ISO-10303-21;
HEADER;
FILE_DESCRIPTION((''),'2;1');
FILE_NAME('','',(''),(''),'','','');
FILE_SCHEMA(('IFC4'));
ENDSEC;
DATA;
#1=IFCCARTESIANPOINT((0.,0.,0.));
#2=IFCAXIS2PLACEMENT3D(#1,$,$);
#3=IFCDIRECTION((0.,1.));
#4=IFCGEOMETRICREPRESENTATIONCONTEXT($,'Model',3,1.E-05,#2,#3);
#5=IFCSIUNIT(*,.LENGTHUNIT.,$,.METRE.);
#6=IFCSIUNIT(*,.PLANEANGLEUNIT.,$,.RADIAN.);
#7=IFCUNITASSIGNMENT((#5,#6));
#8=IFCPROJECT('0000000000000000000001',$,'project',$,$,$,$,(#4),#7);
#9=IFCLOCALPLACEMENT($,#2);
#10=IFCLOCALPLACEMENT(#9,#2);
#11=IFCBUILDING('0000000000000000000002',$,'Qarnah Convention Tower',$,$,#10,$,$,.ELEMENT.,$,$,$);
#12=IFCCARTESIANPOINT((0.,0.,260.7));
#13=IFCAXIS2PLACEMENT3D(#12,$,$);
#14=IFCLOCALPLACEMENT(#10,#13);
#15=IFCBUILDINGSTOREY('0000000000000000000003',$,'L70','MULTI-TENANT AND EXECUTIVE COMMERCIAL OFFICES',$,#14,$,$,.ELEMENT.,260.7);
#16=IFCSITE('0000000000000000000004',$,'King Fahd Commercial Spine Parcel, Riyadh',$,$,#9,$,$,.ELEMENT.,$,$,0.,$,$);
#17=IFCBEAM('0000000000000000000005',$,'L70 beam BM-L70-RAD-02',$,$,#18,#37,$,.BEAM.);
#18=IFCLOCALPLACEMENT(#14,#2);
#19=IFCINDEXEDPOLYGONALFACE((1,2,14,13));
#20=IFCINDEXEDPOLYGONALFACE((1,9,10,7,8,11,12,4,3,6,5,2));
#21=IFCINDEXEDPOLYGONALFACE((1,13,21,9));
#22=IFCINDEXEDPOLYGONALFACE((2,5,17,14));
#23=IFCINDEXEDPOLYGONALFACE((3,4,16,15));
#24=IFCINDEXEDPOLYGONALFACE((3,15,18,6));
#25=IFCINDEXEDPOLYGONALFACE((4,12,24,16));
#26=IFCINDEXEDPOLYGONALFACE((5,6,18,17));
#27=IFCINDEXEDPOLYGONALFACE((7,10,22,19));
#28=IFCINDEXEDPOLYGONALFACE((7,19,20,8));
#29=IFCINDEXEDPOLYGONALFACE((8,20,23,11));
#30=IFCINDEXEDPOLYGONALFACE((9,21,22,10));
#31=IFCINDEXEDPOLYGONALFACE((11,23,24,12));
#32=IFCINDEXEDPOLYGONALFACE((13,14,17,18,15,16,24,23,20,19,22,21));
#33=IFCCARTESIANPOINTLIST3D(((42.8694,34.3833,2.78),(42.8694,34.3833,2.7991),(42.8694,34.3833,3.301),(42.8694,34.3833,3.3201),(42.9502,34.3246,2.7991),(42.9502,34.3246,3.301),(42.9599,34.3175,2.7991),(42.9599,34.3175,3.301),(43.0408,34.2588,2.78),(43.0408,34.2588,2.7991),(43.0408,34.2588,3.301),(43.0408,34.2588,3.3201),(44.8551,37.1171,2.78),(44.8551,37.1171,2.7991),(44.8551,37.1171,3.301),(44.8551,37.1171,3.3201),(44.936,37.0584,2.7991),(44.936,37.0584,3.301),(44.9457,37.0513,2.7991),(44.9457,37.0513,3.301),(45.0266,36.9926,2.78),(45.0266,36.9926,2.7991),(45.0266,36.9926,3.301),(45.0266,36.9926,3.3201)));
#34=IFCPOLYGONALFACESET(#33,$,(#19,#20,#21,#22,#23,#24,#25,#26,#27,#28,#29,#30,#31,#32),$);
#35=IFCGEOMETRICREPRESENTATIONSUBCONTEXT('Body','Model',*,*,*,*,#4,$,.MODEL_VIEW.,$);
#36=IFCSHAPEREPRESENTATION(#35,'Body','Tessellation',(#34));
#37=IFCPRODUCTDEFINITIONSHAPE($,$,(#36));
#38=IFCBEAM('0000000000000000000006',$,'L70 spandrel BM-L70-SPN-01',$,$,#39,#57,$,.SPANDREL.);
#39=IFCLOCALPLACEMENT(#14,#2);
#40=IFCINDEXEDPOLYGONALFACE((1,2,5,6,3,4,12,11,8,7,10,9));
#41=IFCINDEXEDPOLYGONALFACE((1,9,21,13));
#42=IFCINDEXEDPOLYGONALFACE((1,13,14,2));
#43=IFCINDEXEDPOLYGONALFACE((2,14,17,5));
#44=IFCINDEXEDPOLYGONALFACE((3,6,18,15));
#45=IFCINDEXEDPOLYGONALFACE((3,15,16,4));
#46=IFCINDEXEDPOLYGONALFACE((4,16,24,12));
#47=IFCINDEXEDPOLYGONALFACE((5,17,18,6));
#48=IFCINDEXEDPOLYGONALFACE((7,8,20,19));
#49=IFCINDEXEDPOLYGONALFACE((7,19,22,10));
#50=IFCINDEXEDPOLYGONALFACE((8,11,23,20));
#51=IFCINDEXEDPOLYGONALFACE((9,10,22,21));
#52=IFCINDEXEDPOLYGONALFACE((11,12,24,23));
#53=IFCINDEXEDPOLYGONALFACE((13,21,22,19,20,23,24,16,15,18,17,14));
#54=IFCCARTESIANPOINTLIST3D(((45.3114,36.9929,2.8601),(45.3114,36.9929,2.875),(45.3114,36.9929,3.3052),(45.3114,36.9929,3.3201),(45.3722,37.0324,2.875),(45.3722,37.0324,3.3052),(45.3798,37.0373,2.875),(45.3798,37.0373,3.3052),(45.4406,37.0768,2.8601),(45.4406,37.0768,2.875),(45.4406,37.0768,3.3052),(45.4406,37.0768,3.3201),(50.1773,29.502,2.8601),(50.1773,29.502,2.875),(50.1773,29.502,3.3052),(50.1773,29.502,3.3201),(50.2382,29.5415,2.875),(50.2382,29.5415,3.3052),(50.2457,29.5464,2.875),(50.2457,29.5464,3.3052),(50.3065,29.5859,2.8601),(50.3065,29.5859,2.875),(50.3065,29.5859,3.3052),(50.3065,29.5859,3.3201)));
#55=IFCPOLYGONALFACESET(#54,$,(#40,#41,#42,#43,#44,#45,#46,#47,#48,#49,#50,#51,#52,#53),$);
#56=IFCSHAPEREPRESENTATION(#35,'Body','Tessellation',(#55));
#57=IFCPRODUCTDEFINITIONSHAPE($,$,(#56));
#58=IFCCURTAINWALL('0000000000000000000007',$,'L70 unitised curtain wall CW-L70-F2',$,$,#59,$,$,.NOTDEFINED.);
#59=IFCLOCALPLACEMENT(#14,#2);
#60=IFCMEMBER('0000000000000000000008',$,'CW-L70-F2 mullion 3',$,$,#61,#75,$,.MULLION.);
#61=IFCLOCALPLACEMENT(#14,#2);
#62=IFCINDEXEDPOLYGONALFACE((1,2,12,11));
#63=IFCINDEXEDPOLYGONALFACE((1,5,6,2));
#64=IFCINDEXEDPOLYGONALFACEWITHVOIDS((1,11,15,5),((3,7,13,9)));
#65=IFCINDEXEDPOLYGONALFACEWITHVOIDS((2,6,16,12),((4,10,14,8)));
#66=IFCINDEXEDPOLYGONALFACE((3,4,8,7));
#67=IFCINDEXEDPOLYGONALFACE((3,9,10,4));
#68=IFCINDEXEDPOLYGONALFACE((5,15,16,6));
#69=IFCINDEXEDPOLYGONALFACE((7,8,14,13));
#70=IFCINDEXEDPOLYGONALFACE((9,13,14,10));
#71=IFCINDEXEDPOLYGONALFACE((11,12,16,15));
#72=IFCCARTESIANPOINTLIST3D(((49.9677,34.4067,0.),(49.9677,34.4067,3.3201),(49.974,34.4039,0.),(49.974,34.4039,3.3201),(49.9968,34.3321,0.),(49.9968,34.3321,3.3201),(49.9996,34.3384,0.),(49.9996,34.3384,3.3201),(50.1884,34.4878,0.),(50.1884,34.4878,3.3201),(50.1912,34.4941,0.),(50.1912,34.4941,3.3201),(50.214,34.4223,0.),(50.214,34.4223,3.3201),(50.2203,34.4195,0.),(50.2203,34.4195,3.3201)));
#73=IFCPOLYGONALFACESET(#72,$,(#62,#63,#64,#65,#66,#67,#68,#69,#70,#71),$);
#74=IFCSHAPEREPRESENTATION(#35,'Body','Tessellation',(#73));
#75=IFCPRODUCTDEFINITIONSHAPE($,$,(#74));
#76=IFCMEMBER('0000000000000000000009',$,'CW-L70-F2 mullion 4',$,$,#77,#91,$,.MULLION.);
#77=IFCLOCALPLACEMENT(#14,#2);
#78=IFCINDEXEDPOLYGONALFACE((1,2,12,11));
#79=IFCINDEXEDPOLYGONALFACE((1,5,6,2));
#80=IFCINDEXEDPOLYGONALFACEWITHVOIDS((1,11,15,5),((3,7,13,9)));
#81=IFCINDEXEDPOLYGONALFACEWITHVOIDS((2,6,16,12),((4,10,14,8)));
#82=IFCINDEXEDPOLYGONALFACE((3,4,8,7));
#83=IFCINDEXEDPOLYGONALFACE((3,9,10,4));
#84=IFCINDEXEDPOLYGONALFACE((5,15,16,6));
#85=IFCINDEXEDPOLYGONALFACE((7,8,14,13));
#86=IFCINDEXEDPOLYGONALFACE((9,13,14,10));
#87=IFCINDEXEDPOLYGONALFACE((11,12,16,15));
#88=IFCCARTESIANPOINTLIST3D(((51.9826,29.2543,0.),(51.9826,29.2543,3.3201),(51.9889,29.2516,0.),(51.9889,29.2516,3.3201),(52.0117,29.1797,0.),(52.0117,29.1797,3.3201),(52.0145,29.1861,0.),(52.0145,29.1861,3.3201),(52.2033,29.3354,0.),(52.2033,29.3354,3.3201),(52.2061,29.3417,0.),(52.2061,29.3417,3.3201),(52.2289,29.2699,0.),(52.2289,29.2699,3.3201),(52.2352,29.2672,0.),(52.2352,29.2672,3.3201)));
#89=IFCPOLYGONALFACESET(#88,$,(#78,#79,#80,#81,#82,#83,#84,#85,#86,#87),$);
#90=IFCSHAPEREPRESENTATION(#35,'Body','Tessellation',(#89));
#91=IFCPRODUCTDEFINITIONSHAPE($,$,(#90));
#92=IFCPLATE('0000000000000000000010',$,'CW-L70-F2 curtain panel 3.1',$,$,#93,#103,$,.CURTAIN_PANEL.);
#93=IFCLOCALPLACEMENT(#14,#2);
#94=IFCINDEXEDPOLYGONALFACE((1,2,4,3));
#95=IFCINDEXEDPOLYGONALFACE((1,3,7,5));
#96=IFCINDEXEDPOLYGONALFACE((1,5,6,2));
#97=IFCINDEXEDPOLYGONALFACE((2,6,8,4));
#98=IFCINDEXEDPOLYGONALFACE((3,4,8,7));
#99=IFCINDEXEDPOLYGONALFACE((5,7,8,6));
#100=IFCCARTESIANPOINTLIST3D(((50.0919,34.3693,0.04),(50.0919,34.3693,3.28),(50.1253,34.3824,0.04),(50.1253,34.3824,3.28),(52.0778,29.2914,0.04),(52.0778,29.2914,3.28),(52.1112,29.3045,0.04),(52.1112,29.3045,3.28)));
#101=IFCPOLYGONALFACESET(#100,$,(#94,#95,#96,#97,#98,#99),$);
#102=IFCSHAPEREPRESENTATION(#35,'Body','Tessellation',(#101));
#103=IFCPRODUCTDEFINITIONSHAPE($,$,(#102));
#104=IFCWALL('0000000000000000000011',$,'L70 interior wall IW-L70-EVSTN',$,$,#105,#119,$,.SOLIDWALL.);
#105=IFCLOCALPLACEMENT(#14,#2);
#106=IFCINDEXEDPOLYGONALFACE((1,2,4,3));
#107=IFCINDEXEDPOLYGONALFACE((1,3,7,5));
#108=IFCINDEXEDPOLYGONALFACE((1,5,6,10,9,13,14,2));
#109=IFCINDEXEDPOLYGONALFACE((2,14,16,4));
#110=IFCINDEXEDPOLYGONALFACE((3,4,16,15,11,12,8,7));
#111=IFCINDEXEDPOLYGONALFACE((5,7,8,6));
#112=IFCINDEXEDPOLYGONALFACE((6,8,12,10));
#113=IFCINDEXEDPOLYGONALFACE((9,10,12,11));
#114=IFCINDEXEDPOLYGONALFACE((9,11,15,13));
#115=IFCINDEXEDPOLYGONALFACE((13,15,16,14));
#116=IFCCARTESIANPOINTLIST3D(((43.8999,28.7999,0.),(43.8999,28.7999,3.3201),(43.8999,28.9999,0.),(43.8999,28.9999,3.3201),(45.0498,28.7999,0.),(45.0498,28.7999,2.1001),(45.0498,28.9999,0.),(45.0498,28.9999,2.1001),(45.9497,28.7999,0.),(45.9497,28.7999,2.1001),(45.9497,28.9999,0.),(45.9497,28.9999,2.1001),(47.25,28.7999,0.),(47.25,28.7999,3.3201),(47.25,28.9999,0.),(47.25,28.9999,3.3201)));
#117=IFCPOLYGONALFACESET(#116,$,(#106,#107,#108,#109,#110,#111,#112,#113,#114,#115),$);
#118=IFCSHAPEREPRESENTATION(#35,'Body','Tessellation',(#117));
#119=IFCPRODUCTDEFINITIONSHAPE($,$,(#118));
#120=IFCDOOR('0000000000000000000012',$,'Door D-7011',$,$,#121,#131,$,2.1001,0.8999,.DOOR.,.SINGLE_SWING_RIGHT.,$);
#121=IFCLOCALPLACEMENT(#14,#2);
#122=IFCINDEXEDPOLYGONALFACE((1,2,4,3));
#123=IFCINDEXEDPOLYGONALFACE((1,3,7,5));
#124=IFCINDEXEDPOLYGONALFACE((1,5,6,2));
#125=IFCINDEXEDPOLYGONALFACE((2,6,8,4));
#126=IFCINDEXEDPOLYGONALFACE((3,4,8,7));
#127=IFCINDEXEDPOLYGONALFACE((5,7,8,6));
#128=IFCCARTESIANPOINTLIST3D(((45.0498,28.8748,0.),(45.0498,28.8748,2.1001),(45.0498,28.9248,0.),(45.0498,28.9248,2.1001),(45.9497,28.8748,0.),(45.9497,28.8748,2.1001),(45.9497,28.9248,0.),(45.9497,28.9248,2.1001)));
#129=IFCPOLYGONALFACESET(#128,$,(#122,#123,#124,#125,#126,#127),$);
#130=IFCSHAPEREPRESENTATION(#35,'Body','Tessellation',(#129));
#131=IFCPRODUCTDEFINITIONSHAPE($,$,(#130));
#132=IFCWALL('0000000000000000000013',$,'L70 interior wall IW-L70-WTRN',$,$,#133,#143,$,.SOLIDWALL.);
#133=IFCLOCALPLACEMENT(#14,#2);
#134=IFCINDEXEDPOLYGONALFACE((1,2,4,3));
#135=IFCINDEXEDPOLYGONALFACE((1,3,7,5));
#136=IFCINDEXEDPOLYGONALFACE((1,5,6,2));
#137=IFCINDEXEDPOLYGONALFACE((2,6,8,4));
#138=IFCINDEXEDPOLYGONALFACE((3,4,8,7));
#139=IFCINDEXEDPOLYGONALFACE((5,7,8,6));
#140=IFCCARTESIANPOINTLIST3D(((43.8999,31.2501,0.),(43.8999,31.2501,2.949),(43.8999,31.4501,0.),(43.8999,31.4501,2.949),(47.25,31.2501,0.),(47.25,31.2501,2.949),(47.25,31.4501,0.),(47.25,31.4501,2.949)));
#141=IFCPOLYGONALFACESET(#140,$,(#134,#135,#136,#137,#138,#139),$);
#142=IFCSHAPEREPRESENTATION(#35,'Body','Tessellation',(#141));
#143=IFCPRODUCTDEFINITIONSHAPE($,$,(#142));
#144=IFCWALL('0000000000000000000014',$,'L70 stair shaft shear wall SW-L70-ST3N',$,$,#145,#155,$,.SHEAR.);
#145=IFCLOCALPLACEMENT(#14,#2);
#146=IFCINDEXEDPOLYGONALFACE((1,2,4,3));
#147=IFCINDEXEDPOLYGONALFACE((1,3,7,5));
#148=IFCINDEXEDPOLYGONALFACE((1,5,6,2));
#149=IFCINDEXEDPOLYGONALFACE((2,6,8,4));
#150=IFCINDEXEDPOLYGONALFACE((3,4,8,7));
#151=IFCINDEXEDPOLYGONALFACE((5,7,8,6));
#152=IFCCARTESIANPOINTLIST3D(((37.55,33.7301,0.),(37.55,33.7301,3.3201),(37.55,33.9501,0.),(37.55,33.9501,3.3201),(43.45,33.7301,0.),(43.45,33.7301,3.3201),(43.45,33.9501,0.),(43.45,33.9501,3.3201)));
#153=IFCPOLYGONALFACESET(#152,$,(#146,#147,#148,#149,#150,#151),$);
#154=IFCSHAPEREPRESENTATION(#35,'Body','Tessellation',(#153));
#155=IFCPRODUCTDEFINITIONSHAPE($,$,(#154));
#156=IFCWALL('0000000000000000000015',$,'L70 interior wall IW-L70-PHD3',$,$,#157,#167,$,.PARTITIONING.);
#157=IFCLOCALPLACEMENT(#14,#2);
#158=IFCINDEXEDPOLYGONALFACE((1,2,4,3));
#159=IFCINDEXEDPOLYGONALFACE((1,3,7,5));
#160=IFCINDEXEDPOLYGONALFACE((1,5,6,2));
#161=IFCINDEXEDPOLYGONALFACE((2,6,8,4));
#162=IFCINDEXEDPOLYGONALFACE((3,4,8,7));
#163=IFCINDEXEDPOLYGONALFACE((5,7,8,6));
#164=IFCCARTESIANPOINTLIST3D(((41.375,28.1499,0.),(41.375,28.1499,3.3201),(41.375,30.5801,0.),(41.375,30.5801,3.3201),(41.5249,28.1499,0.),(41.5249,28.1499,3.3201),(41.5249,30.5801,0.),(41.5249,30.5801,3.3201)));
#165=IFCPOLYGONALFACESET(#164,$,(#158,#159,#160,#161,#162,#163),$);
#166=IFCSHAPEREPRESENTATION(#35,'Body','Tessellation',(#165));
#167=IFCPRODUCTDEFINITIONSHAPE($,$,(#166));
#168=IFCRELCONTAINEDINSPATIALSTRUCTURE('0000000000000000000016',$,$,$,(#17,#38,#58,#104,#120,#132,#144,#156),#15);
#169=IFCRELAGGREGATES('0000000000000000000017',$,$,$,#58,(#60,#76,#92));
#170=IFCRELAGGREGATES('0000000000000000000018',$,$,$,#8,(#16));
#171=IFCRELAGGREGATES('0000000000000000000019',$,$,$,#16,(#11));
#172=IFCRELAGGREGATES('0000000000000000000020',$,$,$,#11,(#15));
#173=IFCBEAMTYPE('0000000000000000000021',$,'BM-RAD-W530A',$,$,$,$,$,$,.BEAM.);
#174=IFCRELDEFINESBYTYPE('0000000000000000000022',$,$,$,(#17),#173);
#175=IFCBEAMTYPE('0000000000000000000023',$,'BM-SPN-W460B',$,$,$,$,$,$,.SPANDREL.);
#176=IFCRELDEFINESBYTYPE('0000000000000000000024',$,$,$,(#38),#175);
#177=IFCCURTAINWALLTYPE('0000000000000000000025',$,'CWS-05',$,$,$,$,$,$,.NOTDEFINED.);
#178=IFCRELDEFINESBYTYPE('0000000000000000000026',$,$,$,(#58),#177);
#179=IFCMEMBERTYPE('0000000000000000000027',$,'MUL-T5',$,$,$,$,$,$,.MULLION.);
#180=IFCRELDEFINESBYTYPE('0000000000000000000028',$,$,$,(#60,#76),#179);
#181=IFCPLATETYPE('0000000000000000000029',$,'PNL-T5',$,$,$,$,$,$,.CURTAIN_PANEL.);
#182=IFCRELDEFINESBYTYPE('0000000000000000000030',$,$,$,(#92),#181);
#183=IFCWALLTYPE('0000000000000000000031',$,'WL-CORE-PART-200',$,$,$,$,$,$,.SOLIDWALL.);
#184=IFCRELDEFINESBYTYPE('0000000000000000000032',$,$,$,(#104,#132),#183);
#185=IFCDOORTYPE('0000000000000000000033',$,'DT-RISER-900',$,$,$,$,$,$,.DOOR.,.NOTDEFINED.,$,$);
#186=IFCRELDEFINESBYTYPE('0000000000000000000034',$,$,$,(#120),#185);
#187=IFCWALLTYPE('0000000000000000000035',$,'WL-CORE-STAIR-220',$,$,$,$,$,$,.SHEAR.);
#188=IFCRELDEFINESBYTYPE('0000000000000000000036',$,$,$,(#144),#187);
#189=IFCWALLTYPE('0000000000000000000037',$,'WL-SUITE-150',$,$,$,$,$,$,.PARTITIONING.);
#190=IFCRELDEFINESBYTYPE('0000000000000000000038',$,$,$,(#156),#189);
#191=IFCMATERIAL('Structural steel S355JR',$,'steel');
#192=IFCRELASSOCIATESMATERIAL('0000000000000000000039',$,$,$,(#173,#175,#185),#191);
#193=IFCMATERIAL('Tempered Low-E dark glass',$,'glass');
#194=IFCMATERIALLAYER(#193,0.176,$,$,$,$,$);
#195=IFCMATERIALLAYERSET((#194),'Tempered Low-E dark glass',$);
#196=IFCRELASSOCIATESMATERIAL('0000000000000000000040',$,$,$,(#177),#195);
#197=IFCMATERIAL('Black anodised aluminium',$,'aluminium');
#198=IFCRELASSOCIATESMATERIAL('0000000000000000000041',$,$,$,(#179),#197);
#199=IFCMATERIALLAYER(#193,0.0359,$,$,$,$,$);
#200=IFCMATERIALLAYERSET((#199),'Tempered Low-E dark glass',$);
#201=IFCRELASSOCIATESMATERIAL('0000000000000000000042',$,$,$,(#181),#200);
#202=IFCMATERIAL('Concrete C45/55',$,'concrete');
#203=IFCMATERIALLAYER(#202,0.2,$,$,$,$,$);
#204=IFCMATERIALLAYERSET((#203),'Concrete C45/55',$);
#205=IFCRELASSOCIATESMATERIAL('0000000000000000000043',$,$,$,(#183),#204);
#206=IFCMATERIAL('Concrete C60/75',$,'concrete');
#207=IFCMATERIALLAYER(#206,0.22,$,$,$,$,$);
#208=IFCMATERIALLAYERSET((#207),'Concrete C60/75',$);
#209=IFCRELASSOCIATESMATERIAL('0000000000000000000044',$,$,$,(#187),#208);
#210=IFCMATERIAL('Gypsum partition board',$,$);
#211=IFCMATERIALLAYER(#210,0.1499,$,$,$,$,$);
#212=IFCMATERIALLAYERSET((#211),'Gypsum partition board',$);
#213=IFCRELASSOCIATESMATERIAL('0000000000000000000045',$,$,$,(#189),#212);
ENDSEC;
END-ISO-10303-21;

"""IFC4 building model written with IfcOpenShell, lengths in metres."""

from ifc_helpers import new_model, si_unit, direction, frame, frame_2d, origin, origin_2d, place, context, subcontext, project, spatial, rectangle, hollow_rectangle, i_section, extrude, material, layer, layer_set, material_profile, profile_set, type_object, element, fill, aggregate, save


model = new_model("IFC4")

# Units and contexts
model_context = context("Model", 3, precision=1e-05, world=origin(), true_north=direction((0.0, 1.0)))
body_context = subcontext(model_context, "Body", "Model", "MODEL_VIEW")
ifc_project = project(units=[si_unit("LENGTHUNIT", "METRE"), si_unit("PLANEANGLEUNIT", "RADIAN")], contexts=[model_context])

# Site, building, storey
site_placement = place(None, origin())
site = spatial("IfcSite", under=ifc_project, at=site_placement, Name="King Fahd Commercial Spine Parcel, Riyadh", CompositionType="ELEMENT", RefElevation=0.0)
building_placement = place(site_placement, origin())
building = spatial("IfcBuilding", under=site, at=building_placement, Name="Qarnah Convention Tower", CompositionType="ELEMENT")
storey_placement = place(building_placement, frame((0.0, 0.0, 260.7)))
storey = spatial("IfcBuildingStorey", under=building, at=storey_placement, Name="L70", Description="MULTI-TENANT AND EXECUTIVE COMMERCIAL OFFICES", CompositionType="ELEMENT", Elevation=260.7)

# Beams
ifc_material_1 = material(Name="Structural steel S355JR", Category="steel")
ifc_material_profile_1 = material_profile(ifc_material_1, i_section(OverallWidth=0.2119, OverallDepth=0.54, WebThickness=0.012, FlangeThickness=0.019, at=origin_2d()), Name="W530X109")
ifc_profile_set_1 = profile_set([ifc_material_profile_1], Name="Structural steel S355JR")
beam_type_1 = type_object("IfcBeamType", Name="BM-RAD-W530A", PredefinedType="BEAM", material=ifc_profile_set_1)
beam_1_placement = place(storey_placement, frame((42.9551, 34.321, 3.05), z_axis=(0.587699, 0.80908, 0.0), x_axis=(-0.80908, 0.587699, 0.0)))
element("IfcBeam", 1, at=beam_1_placement, inside=storey, type_object=beam_type_1, Name="L70 beam BM-L70-RAD-02", PredefinedType="BEAM", context=body_context, shape_type="SweptSolid", body=[
    extrude(i_section(OverallWidth=0.2119, OverallDepth=0.54, WebThickness=0.012, FlangeThickness=0.019, at=origin_2d()), origin(), (0.0, 0.0, 1.0), 3.3789),
])
ifc_material_profile_2 = material_profile(ifc_material_1, i_section(OverallWidth=0.1541, OverallDepth=0.46, WebThickness=0.009, FlangeThickness=0.0149, at=origin_2d()), Name="W460X68")
ifc_profile_set_2 = profile_set([ifc_material_profile_2], Name="Structural steel S355JR")
beam_type_2 = type_object("IfcBeamType", Name="BM-SPN-W460B", PredefinedType="SPANDREL", material=ifc_profile_set_2)
beam_2_placement = place(storey_placement, frame((50.2419, 29.5439, 3.0901), z_axis=(-0.54474, 0.838605, 0.0), x_axis=(-0.838605, -0.54474, 0.0)))
element("IfcBeam", 2, at=beam_2_placement, inside=storey, type_object=beam_type_2, Name="L70 spandrel BM-L70-SPN-01", PredefinedType="SPANDREL", context=body_context, shape_type="SweptSolid", body=[
    extrude(i_section(OverallWidth=0.1541, OverallDepth=0.46, WebThickness=0.009, FlangeThickness=0.0149, at=origin_2d()), origin(), (0.0, 0.0, 1.0), 8.9326),
])

# Curtain wall, members, plate
ifc_material_2 = material(Name="Tempered Low-E dark glass", Category="glass")
ifc_layer_1 = layer(ifc_material_2, 0.176)
ifc_layer_set_1 = layer_set([ifc_layer_1], Name="Tempered Low-E dark glass")
curtain_wall_type = type_object("IfcCurtainWallType", Name="CWS-05", PredefinedType="NOTDEFINED", material=ifc_layer_set_1)
curtain_wall_placement = place(storey_placement, origin())
curtain_wall = element("IfcCurtainWall", 3, at=curtain_wall_placement, inside=storey, type_object=curtain_wall_type, Name="L70 unitised curtain wall CW-L70-F2", PredefinedType="NOTDEFINED")
ifc_material_3 = material(Name="Black anodised aluminium", Category="aluminium")
ifc_material_profile_3 = material_profile(ifc_material_3, hollow_rectangle(XDim=0.0801, YDim=0.24, WallThickness=0.0049, at=origin_2d()), Name="MUL-80X240")
ifc_profile_set_3 = profile_set([ifc_material_profile_3], Name="Black anodised aluminium")
member_type = type_object("IfcMemberType", Name="MUL-T5", PredefinedType="MULLION", material=ifc_profile_set_3)
member_1_placement = place(storey_placement, frame((50.094, 34.4131, 0.0), z_axis=(0.0, 0.0, 1.0), x_axis=(0.364218, -0.931314, 0.0)))
member_1 = element("IfcMember", 4, at=member_1_placement, type_object=member_type, Name="CW-L70-F2 mullion 3", PredefinedType="MULLION", context=body_context, shape_type="SweptSolid", body=[
    extrude(hollow_rectangle(XDim=0.0801, YDim=0.24, WallThickness=0.0049, at=origin_2d()), origin(), (0.0, 0.0, 1.0), 3.3201),
])
member_2_placement = place(storey_placement, frame((52.1089, 29.2607, 0.0), z_axis=(0.0, 0.0, 1.0), x_axis=(0.364218, -0.931314, 0.0)))
member_2 = element("IfcMember", 5, at=member_2_placement, type_object=member_type, Name="CW-L70-F2 mullion 4", PredefinedType="MULLION", context=body_context, shape_type="SweptSolid", body=[
    extrude(hollow_rectangle(XDim=0.0801, YDim=0.24, WallThickness=0.0049, at=origin_2d()), origin(), (0.0, 0.0, 1.0), 3.3201),
])
ifc_layer_2 = layer(ifc_material_2, 0.0359)
ifc_layer_set_2 = layer_set([ifc_layer_2], Name="Tempered Low-E dark glass")
plate_type = type_object("IfcPlateType", Name="PNL-T5", PredefinedType="CURTAIN_PANEL", material=ifc_layer_set_2)
plate_placement = place(storey_placement, frame((51.1016, 31.8369, 0.04), z_axis=(0.0, 0.0, 1.0), x_axis=(0.364218, -0.931314, 0.0)))
plate = element("IfcPlate", 6, at=plate_placement, type_object=plate_type, Name="CW-L70-F2 curtain panel 3.1", PredefinedType="CURTAIN_PANEL", context=body_context, shape_type="SweptSolid", body=[
    extrude(rectangle(XDim=5.4524, YDim=0.0359, at=origin_2d()), origin(), (0.0, 0.0, 1.0), 3.24),
])
aggregate(curtain_wall, [member_1, member_2, plate])

# Wall, opening, door
ifc_material_4 = material(Name="Concrete C45/55", Category="concrete")
ifc_layer_3 = layer(ifc_material_4, 0.2)
ifc_layer_set_3 = layer_set([ifc_layer_3], Name="Concrete C45/55")
wall_type_1 = type_object("IfcWallType", Name="WL-CORE-PART-200", PredefinedType="SOLIDWALL", material=ifc_layer_set_3)
wall_1_placement = place(storey_placement, frame((43.8999, 28.8999, 0.0), z_axis=(0.0, 0.0, 1.0), x_axis=(1.0, 0.0, 0.0)))
wall_1 = element("IfcWall", 7, at=wall_1_placement, inside=storey, type_object=wall_type_1, Name="L70 interior wall IW-L70-EVSTN", PredefinedType="SOLIDWALL", context=body_context, shape_type="SweptSolid", body=[
    extrude(rectangle(XDim=3.3501, YDim=0.2, at=frame_2d((1.675, 0.0))), origin(), (0.0, 0.0, 1.0), 3.3201),
])
opening_placement = place(wall_1_placement, frame((1.1499, 0.0, 0.0)))
opening = element("IfcOpeningElement", 8, at=opening_placement, cuts=wall_1, PredefinedType="OPENING", context=body_context, shape_type="SweptSolid", body=[
    extrude(rectangle(XDim=0.8999, YDim=2.1001, at=frame_2d((0.45, 1.05))), frame((0.0, 0.1099, 0.0), z_axis=(0.0, -1.0, 0.0), x_axis=(1.0, 0.0, 0.0)), (0.0, 0.0, 1.0), 0.22),
])
door_type = type_object("IfcDoorType", Name="DT-RISER-900", OperationType="NOTDEFINED", PredefinedType="DOOR", material=ifc_material_1)
door_placement = place(opening_placement, origin())
door = element("IfcDoor", 9, at=door_placement, inside=storey, type_object=door_type, Name="Door D-7011", OperationType="SINGLE_SWING_RIGHT", OverallHeight=2.1001, OverallWidth=0.8999, PredefinedType="DOOR", context=body_context, shape_type="SweptSolid", body=[
    extrude(rectangle(XDim=0.8999, YDim=2.1001, at=frame_2d((0.45, 1.05))), frame((0.0, 0.0249, 0.0), z_axis=(0.0, -1.0, 0.0), x_axis=(1.0, 0.0, 0.0)), (0.0, 0.0, 1.0), 0.05),
])
fill(opening, door)

# Walls
wall_2_placement = place(storey_placement, frame((43.8999, 31.3501, 0.0), z_axis=(0.0, 0.0, 1.0), x_axis=(1.0, 0.0, 0.0)))
element("IfcWall", 10, at=wall_2_placement, inside=storey, type_object=wall_type_1, Name="L70 interior wall IW-L70-WTRN", PredefinedType="SOLIDWALL", context=body_context, shape_type="SweptSolid", body=[
    extrude(rectangle(XDim=3.3501, YDim=0.2, at=frame_2d((1.675, 0.0))), origin(), (0.0, 0.0, 1.0), 2.949),
])
ifc_material_5 = material(Name="Concrete C60/75", Category="concrete")
ifc_layer_4 = layer(ifc_material_5, 0.22)
ifc_layer_set_4 = layer_set([ifc_layer_4], Name="Concrete C60/75")
wall_type_2 = type_object("IfcWallType", Name="WL-CORE-STAIR-220", PredefinedType="SHEAR", material=ifc_layer_set_4)
wall_3_placement = place(storey_placement, frame((37.55, 33.8401, 0.0), z_axis=(0.0, 0.0, 1.0), x_axis=(1.0, 0.0, 0.0)))
element("IfcWall", 11, at=wall_3_placement, inside=storey, type_object=wall_type_2, Name="L70 stair shaft shear wall SW-L70-ST3N", PredefinedType="SHEAR", context=body_context, shape_type="SweptSolid", body=[
    extrude(rectangle(XDim=5.8999, YDim=0.22, at=frame_2d((2.95, 0.0))), origin(), (0.0, 0.0, 1.0), 3.3201),
])
ifc_material_6 = material(Name="Gypsum partition board")
ifc_layer_5 = layer(ifc_material_6, 0.1499)
ifc_layer_set_5 = layer_set([ifc_layer_5], Name="Gypsum partition board")
wall_type_3 = type_object("IfcWallType", Name="WL-SUITE-150", PredefinedType="PARTITIONING", material=ifc_layer_set_5)
wall_4_placement = place(storey_placement, frame((41.45, 28.1499, 0.0), z_axis=(0.0, 0.0, 1.0), x_axis=(0.0, 1.0, 0.0)))
element("IfcWall", 12, at=wall_4_placement, inside=storey, type_object=wall_type_3, Name="L70 interior wall IW-L70-PHD3", PredefinedType="PARTITIONING", context=body_context, shape_type="SweptSolid", body=[
    extrude(rectangle(XDim=2.4302, YDim=0.1499, at=frame_2d((1.2151, 0.0))), origin(), (0.0, 0.0, 1.0), 3.3201),
])

save(model, "model.ifc")
